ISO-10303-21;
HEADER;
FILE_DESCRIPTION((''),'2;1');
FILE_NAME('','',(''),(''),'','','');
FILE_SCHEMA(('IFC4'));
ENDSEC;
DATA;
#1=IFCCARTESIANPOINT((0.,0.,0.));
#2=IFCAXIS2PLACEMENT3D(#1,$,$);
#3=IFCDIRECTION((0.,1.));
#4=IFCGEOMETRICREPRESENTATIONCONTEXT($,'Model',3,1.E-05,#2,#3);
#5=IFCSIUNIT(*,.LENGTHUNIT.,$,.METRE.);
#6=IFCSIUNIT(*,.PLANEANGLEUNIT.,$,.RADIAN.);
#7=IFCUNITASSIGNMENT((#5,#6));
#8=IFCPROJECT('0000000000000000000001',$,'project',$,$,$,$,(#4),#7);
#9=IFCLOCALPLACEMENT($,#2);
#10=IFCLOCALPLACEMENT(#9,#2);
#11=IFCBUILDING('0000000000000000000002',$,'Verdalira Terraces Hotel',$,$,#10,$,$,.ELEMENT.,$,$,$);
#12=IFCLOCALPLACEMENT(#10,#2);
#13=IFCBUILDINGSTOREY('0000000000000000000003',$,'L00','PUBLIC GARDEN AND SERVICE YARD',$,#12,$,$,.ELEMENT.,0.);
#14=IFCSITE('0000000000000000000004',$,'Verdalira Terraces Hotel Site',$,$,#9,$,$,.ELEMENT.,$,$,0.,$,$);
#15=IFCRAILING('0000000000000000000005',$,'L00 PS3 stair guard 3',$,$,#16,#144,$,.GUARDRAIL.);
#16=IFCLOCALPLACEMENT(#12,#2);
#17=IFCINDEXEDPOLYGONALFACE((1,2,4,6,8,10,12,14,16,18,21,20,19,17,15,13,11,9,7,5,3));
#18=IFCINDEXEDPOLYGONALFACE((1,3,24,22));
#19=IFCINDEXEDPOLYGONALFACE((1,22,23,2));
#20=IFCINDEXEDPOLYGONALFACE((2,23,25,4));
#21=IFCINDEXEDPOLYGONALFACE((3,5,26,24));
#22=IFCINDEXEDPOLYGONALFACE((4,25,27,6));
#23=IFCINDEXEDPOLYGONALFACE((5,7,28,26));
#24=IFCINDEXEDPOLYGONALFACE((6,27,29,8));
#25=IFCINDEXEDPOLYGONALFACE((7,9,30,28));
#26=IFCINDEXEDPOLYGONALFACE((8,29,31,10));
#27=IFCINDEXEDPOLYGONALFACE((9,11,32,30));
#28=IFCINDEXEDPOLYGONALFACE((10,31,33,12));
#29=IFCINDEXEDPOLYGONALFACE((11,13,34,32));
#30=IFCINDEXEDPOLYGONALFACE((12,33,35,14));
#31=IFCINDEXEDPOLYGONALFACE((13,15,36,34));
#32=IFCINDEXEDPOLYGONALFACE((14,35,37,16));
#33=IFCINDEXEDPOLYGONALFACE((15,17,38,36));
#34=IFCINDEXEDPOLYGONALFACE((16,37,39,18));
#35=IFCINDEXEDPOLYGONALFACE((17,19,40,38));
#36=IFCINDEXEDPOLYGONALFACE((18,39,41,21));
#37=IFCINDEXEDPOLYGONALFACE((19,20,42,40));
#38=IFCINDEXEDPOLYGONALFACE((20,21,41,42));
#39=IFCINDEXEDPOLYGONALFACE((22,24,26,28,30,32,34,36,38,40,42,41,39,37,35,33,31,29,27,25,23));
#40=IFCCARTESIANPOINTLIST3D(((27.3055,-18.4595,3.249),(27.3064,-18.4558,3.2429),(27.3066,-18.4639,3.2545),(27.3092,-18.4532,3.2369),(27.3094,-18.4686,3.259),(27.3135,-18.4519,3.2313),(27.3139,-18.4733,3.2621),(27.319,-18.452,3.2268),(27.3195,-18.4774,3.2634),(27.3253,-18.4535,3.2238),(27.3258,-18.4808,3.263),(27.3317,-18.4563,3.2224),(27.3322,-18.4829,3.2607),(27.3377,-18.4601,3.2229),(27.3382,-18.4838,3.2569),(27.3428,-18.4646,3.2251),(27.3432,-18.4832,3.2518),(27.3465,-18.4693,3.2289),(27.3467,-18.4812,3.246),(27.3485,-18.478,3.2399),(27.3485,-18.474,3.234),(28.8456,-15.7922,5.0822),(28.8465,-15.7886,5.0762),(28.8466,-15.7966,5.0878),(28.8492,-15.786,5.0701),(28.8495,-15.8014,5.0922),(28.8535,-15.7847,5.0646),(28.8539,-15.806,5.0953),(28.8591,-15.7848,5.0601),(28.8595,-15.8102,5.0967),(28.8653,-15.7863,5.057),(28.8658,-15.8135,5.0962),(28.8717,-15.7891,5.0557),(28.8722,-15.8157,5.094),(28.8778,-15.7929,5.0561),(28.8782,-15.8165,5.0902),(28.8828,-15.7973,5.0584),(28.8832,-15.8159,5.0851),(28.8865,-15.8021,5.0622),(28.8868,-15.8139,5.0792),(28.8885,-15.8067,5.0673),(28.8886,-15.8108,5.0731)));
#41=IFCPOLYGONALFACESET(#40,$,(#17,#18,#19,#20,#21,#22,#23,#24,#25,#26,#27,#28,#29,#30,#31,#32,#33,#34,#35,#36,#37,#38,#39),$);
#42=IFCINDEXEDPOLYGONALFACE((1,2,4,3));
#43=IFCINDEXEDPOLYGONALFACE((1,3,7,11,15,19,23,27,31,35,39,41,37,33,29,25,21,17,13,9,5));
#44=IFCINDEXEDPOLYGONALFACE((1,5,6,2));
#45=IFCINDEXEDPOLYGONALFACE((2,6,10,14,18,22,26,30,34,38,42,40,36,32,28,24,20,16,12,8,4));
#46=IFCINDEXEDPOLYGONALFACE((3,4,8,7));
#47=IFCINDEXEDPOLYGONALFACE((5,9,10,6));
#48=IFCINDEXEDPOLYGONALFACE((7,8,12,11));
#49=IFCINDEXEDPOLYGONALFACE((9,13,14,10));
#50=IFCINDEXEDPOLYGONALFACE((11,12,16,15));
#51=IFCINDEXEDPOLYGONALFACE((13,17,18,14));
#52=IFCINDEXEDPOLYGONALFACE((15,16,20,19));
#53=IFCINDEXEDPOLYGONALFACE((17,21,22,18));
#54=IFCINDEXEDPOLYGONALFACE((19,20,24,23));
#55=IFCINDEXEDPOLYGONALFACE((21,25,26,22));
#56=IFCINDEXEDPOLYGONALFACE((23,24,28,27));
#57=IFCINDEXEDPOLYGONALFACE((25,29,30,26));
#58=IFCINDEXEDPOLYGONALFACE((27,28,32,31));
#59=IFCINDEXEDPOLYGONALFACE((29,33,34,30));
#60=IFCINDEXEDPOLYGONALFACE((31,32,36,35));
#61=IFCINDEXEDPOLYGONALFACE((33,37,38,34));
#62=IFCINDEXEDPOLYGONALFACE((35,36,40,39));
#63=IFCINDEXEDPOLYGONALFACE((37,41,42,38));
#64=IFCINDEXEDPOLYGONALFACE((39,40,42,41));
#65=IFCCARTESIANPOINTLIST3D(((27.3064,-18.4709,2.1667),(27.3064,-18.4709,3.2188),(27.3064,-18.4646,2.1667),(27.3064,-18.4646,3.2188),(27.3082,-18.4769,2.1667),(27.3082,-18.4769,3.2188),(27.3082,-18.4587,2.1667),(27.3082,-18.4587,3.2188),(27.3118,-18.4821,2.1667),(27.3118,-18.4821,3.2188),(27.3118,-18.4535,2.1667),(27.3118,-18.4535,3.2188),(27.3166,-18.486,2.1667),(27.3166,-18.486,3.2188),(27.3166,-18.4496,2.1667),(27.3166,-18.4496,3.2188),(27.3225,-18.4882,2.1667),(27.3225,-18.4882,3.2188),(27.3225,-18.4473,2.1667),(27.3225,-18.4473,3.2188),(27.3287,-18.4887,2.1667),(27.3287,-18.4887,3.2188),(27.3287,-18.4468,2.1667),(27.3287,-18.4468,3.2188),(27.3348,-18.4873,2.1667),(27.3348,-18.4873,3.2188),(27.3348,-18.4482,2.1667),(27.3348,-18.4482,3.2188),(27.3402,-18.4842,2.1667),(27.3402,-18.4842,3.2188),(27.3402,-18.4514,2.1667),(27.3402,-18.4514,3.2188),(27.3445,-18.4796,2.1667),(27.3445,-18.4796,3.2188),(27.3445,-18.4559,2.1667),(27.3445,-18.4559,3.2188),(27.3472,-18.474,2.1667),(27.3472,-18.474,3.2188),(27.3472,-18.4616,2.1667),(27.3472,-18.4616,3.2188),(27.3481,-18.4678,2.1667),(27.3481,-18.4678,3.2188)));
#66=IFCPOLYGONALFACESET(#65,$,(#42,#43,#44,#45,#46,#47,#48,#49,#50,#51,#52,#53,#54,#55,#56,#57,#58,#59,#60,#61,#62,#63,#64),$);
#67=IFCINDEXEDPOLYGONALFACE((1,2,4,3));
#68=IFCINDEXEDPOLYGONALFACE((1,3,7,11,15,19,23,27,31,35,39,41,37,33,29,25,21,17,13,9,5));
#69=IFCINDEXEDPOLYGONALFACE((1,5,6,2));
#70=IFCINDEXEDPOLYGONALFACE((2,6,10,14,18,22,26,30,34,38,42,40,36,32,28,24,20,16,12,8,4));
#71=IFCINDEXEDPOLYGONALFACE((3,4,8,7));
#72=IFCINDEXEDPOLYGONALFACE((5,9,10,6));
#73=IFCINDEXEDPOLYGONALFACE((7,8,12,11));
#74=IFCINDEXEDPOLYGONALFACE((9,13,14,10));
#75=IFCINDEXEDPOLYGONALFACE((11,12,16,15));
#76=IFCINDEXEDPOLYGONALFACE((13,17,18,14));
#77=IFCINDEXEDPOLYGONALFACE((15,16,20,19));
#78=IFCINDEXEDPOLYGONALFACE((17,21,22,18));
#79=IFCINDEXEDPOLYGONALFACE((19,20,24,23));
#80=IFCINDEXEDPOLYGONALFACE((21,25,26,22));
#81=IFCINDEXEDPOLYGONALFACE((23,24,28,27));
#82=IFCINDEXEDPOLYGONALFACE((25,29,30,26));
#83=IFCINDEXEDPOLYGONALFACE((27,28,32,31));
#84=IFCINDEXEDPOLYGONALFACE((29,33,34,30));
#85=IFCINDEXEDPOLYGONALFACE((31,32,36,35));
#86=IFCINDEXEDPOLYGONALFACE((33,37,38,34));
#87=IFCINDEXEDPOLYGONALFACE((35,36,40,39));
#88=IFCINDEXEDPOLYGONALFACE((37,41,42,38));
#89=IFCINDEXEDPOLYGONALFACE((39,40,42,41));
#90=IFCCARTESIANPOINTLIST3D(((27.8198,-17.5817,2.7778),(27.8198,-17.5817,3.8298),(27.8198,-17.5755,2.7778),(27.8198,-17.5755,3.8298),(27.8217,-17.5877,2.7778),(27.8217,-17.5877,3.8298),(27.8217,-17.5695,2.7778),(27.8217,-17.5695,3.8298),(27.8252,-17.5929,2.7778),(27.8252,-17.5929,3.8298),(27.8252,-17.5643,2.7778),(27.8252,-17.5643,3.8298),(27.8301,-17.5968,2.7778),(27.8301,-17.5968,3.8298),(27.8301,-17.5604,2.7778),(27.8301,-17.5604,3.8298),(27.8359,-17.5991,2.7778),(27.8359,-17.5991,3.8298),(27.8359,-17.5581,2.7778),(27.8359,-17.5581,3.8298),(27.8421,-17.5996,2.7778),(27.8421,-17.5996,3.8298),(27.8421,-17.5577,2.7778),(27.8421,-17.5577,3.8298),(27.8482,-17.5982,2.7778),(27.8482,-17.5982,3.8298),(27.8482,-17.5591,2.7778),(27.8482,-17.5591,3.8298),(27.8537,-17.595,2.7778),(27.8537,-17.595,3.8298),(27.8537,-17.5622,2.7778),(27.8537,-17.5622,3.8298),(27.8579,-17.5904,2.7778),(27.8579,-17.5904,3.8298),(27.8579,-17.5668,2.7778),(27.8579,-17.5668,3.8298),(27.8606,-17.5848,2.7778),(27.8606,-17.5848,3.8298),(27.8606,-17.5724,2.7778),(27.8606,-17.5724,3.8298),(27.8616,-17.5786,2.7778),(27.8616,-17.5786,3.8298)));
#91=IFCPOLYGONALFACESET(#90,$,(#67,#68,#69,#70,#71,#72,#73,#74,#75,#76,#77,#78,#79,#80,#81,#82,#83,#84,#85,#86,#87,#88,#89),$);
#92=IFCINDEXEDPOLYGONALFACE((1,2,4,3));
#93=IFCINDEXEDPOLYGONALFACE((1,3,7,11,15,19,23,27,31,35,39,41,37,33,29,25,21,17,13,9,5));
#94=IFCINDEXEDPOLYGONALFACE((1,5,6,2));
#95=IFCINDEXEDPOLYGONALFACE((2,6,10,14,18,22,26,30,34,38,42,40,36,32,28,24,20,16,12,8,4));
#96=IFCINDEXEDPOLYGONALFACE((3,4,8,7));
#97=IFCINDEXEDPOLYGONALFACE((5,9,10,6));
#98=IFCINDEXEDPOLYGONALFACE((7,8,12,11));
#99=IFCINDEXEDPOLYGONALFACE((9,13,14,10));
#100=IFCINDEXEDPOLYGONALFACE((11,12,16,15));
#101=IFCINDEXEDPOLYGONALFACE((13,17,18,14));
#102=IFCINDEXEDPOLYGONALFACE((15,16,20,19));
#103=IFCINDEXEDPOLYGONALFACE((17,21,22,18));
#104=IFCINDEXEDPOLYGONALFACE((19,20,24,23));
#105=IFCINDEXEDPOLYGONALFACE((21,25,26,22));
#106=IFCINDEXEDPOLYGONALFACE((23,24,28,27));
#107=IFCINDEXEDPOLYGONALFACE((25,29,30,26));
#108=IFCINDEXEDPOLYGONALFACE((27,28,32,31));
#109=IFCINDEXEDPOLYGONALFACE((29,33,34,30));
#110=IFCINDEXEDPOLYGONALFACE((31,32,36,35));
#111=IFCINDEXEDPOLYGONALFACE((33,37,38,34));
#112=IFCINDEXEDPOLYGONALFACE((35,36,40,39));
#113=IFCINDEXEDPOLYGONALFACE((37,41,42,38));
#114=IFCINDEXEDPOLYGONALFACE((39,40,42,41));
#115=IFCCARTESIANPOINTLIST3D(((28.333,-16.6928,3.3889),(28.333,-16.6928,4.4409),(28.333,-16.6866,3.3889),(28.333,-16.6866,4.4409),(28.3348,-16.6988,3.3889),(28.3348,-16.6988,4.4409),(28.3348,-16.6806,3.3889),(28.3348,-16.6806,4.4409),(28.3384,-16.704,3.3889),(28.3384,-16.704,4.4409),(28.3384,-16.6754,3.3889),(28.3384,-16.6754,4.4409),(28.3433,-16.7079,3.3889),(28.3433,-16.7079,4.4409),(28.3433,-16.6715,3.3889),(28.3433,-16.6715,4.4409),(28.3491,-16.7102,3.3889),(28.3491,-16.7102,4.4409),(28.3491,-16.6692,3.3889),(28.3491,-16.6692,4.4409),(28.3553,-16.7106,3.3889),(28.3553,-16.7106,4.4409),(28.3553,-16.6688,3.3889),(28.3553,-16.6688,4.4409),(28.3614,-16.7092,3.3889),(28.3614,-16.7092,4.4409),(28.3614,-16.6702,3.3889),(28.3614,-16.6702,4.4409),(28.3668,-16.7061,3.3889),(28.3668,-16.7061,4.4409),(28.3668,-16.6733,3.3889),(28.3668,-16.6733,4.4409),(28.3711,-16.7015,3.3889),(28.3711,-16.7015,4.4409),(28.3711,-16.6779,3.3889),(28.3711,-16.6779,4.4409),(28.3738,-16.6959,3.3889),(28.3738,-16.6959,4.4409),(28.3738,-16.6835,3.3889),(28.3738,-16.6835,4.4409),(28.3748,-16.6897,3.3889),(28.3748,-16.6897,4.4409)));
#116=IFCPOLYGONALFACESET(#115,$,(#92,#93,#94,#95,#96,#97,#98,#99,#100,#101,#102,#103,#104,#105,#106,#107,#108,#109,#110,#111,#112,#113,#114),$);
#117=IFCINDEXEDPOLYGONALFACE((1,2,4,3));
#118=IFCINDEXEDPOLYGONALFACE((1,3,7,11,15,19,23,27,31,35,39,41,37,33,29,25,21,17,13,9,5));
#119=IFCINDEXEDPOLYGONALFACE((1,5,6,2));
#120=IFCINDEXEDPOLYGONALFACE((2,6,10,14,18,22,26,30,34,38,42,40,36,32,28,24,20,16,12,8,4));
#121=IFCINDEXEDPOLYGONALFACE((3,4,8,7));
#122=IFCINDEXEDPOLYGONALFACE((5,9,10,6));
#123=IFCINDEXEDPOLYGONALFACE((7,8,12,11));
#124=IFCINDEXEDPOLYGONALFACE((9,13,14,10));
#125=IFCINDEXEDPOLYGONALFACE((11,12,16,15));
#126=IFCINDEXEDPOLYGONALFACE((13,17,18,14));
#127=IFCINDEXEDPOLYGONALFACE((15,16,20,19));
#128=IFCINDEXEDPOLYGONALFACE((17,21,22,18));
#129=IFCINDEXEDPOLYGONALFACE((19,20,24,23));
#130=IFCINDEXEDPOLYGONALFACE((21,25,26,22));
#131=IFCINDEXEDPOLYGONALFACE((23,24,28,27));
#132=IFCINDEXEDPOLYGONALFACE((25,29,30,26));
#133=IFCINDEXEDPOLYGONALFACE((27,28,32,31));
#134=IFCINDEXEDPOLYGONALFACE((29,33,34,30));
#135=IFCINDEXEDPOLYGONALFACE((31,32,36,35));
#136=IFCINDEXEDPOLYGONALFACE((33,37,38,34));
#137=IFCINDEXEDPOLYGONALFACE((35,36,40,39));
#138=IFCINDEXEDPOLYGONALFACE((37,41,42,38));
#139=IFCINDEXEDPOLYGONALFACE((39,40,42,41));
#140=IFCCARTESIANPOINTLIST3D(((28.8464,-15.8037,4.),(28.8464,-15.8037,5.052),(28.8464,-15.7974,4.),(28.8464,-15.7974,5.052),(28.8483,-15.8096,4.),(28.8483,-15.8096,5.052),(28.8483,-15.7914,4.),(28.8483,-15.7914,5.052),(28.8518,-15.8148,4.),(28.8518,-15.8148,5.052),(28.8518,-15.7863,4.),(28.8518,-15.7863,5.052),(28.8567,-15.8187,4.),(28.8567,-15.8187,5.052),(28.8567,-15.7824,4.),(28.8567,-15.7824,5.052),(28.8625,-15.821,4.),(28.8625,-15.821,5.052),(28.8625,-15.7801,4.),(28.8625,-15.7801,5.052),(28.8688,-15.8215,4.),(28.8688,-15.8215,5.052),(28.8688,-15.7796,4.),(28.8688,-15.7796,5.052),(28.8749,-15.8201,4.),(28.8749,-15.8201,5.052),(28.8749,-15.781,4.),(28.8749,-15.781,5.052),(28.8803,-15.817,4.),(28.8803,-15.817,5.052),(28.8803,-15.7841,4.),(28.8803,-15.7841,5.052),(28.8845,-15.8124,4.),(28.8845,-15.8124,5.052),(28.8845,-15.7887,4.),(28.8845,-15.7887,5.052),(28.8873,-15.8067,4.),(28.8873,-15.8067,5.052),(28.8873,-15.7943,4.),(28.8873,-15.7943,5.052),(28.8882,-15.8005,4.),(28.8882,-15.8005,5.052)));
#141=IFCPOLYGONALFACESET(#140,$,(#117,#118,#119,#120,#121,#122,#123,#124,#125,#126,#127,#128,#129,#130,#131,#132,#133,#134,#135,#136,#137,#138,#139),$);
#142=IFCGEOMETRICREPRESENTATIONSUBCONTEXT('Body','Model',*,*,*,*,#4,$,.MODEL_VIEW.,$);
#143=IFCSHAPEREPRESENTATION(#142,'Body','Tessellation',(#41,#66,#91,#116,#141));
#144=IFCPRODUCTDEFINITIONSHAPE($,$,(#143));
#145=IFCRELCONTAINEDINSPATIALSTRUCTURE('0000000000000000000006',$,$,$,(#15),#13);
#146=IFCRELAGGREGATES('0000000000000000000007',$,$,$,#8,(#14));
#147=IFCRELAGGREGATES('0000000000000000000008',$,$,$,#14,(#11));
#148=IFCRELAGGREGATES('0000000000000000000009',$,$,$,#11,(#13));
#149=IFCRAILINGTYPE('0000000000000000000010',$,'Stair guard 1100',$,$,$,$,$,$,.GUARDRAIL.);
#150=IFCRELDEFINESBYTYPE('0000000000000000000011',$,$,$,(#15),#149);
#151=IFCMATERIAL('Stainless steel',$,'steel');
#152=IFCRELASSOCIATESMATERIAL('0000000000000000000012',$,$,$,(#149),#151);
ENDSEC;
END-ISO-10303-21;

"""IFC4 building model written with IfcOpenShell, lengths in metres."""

from ifc_helpers import new_model, si_unit, direction, frame, origin, origin_2d, place, context, subcontext, project, spatial, circle, extrude, material, type_object, element, save


model = new_model("IFC4")

# Units and contexts
model_context = context("Model", 3, precision=1e-05, world=origin(), true_north=direction((0.0, 1.0)))
body_context = subcontext(model_context, "Body", "Model", "MODEL_VIEW")
ifc_project = project(units=[si_unit("LENGTHUNIT", "METRE"), si_unit("PLANEANGLEUNIT", "RADIAN")], contexts=[model_context])

# Site, building, storey
site_placement = place(None, origin())
site = spatial("IfcSite", under=ifc_project, at=site_placement, Name="Verdalira Terraces Hotel Site", CompositionType="ELEMENT", RefElevation=0.0)
building_placement = place(site_placement, origin())
building = spatial("IfcBuilding", under=site, at=building_placement, Name="Verdalira Terraces Hotel", CompositionType="ELEMENT")
storey_placement = place(building_placement, origin())
storey = spatial("IfcBuildingStorey", under=building, at=storey_placement, Name="L00", Description="PUBLIC GARDEN AND SERVICE YARD", CompositionType="ELEMENT", Elevation=0.0)

# Railing
ifc_material_1 = material(Name="Stainless steel", Category="steel")
railing_type_1 = type_object("IfcRailingType", Name="Stair guard 1100", PredefinedType="GUARDRAIL", material=ifc_material_1)
railing_1_placement = place(storey_placement, frame((27.3271, -18.4678, 2.1667)))
element("IfcRailing", 1, at=railing_1_placement, inside=storey, type_object=railing_type_1, Name="L00 PS3 stair guard 3", PredefinedType="GUARDRAIL", context=body_context, shape_type="SweptSolid", body=[
    extrude(circle(Radius=0.0239, at=origin_2d()), frame((0.0, 0.0, 1.0762), z_axis=(0.429671, 0.744159, 0.511478), x_axis=(-0.86601, 0.500027, 0.0)), (0.0, 0.0, 1.0), 3.5842),
    extrude(circle(Radius=0.021, at=origin_2d()), origin(), (0.0, 0.0, 1.0), 1.052),
    extrude(circle(Radius=0.021, at=origin_2d()), frame((0.5134, 0.8892, 0.6111)), (0.0, 0.0, 1.0), 1.052),
    extrude(circle(Radius=0.021, at=origin_2d()), frame((1.0266, 1.7781, 1.2222)), (0.0, 0.0, 1.0), 1.052),
    extrude(circle(Radius=0.021, at=origin_2d()), frame((1.54, 2.6672, 1.8333)), (0.0, 0.0, 1.0), 1.052),
])

save(model, "model.ifc")
